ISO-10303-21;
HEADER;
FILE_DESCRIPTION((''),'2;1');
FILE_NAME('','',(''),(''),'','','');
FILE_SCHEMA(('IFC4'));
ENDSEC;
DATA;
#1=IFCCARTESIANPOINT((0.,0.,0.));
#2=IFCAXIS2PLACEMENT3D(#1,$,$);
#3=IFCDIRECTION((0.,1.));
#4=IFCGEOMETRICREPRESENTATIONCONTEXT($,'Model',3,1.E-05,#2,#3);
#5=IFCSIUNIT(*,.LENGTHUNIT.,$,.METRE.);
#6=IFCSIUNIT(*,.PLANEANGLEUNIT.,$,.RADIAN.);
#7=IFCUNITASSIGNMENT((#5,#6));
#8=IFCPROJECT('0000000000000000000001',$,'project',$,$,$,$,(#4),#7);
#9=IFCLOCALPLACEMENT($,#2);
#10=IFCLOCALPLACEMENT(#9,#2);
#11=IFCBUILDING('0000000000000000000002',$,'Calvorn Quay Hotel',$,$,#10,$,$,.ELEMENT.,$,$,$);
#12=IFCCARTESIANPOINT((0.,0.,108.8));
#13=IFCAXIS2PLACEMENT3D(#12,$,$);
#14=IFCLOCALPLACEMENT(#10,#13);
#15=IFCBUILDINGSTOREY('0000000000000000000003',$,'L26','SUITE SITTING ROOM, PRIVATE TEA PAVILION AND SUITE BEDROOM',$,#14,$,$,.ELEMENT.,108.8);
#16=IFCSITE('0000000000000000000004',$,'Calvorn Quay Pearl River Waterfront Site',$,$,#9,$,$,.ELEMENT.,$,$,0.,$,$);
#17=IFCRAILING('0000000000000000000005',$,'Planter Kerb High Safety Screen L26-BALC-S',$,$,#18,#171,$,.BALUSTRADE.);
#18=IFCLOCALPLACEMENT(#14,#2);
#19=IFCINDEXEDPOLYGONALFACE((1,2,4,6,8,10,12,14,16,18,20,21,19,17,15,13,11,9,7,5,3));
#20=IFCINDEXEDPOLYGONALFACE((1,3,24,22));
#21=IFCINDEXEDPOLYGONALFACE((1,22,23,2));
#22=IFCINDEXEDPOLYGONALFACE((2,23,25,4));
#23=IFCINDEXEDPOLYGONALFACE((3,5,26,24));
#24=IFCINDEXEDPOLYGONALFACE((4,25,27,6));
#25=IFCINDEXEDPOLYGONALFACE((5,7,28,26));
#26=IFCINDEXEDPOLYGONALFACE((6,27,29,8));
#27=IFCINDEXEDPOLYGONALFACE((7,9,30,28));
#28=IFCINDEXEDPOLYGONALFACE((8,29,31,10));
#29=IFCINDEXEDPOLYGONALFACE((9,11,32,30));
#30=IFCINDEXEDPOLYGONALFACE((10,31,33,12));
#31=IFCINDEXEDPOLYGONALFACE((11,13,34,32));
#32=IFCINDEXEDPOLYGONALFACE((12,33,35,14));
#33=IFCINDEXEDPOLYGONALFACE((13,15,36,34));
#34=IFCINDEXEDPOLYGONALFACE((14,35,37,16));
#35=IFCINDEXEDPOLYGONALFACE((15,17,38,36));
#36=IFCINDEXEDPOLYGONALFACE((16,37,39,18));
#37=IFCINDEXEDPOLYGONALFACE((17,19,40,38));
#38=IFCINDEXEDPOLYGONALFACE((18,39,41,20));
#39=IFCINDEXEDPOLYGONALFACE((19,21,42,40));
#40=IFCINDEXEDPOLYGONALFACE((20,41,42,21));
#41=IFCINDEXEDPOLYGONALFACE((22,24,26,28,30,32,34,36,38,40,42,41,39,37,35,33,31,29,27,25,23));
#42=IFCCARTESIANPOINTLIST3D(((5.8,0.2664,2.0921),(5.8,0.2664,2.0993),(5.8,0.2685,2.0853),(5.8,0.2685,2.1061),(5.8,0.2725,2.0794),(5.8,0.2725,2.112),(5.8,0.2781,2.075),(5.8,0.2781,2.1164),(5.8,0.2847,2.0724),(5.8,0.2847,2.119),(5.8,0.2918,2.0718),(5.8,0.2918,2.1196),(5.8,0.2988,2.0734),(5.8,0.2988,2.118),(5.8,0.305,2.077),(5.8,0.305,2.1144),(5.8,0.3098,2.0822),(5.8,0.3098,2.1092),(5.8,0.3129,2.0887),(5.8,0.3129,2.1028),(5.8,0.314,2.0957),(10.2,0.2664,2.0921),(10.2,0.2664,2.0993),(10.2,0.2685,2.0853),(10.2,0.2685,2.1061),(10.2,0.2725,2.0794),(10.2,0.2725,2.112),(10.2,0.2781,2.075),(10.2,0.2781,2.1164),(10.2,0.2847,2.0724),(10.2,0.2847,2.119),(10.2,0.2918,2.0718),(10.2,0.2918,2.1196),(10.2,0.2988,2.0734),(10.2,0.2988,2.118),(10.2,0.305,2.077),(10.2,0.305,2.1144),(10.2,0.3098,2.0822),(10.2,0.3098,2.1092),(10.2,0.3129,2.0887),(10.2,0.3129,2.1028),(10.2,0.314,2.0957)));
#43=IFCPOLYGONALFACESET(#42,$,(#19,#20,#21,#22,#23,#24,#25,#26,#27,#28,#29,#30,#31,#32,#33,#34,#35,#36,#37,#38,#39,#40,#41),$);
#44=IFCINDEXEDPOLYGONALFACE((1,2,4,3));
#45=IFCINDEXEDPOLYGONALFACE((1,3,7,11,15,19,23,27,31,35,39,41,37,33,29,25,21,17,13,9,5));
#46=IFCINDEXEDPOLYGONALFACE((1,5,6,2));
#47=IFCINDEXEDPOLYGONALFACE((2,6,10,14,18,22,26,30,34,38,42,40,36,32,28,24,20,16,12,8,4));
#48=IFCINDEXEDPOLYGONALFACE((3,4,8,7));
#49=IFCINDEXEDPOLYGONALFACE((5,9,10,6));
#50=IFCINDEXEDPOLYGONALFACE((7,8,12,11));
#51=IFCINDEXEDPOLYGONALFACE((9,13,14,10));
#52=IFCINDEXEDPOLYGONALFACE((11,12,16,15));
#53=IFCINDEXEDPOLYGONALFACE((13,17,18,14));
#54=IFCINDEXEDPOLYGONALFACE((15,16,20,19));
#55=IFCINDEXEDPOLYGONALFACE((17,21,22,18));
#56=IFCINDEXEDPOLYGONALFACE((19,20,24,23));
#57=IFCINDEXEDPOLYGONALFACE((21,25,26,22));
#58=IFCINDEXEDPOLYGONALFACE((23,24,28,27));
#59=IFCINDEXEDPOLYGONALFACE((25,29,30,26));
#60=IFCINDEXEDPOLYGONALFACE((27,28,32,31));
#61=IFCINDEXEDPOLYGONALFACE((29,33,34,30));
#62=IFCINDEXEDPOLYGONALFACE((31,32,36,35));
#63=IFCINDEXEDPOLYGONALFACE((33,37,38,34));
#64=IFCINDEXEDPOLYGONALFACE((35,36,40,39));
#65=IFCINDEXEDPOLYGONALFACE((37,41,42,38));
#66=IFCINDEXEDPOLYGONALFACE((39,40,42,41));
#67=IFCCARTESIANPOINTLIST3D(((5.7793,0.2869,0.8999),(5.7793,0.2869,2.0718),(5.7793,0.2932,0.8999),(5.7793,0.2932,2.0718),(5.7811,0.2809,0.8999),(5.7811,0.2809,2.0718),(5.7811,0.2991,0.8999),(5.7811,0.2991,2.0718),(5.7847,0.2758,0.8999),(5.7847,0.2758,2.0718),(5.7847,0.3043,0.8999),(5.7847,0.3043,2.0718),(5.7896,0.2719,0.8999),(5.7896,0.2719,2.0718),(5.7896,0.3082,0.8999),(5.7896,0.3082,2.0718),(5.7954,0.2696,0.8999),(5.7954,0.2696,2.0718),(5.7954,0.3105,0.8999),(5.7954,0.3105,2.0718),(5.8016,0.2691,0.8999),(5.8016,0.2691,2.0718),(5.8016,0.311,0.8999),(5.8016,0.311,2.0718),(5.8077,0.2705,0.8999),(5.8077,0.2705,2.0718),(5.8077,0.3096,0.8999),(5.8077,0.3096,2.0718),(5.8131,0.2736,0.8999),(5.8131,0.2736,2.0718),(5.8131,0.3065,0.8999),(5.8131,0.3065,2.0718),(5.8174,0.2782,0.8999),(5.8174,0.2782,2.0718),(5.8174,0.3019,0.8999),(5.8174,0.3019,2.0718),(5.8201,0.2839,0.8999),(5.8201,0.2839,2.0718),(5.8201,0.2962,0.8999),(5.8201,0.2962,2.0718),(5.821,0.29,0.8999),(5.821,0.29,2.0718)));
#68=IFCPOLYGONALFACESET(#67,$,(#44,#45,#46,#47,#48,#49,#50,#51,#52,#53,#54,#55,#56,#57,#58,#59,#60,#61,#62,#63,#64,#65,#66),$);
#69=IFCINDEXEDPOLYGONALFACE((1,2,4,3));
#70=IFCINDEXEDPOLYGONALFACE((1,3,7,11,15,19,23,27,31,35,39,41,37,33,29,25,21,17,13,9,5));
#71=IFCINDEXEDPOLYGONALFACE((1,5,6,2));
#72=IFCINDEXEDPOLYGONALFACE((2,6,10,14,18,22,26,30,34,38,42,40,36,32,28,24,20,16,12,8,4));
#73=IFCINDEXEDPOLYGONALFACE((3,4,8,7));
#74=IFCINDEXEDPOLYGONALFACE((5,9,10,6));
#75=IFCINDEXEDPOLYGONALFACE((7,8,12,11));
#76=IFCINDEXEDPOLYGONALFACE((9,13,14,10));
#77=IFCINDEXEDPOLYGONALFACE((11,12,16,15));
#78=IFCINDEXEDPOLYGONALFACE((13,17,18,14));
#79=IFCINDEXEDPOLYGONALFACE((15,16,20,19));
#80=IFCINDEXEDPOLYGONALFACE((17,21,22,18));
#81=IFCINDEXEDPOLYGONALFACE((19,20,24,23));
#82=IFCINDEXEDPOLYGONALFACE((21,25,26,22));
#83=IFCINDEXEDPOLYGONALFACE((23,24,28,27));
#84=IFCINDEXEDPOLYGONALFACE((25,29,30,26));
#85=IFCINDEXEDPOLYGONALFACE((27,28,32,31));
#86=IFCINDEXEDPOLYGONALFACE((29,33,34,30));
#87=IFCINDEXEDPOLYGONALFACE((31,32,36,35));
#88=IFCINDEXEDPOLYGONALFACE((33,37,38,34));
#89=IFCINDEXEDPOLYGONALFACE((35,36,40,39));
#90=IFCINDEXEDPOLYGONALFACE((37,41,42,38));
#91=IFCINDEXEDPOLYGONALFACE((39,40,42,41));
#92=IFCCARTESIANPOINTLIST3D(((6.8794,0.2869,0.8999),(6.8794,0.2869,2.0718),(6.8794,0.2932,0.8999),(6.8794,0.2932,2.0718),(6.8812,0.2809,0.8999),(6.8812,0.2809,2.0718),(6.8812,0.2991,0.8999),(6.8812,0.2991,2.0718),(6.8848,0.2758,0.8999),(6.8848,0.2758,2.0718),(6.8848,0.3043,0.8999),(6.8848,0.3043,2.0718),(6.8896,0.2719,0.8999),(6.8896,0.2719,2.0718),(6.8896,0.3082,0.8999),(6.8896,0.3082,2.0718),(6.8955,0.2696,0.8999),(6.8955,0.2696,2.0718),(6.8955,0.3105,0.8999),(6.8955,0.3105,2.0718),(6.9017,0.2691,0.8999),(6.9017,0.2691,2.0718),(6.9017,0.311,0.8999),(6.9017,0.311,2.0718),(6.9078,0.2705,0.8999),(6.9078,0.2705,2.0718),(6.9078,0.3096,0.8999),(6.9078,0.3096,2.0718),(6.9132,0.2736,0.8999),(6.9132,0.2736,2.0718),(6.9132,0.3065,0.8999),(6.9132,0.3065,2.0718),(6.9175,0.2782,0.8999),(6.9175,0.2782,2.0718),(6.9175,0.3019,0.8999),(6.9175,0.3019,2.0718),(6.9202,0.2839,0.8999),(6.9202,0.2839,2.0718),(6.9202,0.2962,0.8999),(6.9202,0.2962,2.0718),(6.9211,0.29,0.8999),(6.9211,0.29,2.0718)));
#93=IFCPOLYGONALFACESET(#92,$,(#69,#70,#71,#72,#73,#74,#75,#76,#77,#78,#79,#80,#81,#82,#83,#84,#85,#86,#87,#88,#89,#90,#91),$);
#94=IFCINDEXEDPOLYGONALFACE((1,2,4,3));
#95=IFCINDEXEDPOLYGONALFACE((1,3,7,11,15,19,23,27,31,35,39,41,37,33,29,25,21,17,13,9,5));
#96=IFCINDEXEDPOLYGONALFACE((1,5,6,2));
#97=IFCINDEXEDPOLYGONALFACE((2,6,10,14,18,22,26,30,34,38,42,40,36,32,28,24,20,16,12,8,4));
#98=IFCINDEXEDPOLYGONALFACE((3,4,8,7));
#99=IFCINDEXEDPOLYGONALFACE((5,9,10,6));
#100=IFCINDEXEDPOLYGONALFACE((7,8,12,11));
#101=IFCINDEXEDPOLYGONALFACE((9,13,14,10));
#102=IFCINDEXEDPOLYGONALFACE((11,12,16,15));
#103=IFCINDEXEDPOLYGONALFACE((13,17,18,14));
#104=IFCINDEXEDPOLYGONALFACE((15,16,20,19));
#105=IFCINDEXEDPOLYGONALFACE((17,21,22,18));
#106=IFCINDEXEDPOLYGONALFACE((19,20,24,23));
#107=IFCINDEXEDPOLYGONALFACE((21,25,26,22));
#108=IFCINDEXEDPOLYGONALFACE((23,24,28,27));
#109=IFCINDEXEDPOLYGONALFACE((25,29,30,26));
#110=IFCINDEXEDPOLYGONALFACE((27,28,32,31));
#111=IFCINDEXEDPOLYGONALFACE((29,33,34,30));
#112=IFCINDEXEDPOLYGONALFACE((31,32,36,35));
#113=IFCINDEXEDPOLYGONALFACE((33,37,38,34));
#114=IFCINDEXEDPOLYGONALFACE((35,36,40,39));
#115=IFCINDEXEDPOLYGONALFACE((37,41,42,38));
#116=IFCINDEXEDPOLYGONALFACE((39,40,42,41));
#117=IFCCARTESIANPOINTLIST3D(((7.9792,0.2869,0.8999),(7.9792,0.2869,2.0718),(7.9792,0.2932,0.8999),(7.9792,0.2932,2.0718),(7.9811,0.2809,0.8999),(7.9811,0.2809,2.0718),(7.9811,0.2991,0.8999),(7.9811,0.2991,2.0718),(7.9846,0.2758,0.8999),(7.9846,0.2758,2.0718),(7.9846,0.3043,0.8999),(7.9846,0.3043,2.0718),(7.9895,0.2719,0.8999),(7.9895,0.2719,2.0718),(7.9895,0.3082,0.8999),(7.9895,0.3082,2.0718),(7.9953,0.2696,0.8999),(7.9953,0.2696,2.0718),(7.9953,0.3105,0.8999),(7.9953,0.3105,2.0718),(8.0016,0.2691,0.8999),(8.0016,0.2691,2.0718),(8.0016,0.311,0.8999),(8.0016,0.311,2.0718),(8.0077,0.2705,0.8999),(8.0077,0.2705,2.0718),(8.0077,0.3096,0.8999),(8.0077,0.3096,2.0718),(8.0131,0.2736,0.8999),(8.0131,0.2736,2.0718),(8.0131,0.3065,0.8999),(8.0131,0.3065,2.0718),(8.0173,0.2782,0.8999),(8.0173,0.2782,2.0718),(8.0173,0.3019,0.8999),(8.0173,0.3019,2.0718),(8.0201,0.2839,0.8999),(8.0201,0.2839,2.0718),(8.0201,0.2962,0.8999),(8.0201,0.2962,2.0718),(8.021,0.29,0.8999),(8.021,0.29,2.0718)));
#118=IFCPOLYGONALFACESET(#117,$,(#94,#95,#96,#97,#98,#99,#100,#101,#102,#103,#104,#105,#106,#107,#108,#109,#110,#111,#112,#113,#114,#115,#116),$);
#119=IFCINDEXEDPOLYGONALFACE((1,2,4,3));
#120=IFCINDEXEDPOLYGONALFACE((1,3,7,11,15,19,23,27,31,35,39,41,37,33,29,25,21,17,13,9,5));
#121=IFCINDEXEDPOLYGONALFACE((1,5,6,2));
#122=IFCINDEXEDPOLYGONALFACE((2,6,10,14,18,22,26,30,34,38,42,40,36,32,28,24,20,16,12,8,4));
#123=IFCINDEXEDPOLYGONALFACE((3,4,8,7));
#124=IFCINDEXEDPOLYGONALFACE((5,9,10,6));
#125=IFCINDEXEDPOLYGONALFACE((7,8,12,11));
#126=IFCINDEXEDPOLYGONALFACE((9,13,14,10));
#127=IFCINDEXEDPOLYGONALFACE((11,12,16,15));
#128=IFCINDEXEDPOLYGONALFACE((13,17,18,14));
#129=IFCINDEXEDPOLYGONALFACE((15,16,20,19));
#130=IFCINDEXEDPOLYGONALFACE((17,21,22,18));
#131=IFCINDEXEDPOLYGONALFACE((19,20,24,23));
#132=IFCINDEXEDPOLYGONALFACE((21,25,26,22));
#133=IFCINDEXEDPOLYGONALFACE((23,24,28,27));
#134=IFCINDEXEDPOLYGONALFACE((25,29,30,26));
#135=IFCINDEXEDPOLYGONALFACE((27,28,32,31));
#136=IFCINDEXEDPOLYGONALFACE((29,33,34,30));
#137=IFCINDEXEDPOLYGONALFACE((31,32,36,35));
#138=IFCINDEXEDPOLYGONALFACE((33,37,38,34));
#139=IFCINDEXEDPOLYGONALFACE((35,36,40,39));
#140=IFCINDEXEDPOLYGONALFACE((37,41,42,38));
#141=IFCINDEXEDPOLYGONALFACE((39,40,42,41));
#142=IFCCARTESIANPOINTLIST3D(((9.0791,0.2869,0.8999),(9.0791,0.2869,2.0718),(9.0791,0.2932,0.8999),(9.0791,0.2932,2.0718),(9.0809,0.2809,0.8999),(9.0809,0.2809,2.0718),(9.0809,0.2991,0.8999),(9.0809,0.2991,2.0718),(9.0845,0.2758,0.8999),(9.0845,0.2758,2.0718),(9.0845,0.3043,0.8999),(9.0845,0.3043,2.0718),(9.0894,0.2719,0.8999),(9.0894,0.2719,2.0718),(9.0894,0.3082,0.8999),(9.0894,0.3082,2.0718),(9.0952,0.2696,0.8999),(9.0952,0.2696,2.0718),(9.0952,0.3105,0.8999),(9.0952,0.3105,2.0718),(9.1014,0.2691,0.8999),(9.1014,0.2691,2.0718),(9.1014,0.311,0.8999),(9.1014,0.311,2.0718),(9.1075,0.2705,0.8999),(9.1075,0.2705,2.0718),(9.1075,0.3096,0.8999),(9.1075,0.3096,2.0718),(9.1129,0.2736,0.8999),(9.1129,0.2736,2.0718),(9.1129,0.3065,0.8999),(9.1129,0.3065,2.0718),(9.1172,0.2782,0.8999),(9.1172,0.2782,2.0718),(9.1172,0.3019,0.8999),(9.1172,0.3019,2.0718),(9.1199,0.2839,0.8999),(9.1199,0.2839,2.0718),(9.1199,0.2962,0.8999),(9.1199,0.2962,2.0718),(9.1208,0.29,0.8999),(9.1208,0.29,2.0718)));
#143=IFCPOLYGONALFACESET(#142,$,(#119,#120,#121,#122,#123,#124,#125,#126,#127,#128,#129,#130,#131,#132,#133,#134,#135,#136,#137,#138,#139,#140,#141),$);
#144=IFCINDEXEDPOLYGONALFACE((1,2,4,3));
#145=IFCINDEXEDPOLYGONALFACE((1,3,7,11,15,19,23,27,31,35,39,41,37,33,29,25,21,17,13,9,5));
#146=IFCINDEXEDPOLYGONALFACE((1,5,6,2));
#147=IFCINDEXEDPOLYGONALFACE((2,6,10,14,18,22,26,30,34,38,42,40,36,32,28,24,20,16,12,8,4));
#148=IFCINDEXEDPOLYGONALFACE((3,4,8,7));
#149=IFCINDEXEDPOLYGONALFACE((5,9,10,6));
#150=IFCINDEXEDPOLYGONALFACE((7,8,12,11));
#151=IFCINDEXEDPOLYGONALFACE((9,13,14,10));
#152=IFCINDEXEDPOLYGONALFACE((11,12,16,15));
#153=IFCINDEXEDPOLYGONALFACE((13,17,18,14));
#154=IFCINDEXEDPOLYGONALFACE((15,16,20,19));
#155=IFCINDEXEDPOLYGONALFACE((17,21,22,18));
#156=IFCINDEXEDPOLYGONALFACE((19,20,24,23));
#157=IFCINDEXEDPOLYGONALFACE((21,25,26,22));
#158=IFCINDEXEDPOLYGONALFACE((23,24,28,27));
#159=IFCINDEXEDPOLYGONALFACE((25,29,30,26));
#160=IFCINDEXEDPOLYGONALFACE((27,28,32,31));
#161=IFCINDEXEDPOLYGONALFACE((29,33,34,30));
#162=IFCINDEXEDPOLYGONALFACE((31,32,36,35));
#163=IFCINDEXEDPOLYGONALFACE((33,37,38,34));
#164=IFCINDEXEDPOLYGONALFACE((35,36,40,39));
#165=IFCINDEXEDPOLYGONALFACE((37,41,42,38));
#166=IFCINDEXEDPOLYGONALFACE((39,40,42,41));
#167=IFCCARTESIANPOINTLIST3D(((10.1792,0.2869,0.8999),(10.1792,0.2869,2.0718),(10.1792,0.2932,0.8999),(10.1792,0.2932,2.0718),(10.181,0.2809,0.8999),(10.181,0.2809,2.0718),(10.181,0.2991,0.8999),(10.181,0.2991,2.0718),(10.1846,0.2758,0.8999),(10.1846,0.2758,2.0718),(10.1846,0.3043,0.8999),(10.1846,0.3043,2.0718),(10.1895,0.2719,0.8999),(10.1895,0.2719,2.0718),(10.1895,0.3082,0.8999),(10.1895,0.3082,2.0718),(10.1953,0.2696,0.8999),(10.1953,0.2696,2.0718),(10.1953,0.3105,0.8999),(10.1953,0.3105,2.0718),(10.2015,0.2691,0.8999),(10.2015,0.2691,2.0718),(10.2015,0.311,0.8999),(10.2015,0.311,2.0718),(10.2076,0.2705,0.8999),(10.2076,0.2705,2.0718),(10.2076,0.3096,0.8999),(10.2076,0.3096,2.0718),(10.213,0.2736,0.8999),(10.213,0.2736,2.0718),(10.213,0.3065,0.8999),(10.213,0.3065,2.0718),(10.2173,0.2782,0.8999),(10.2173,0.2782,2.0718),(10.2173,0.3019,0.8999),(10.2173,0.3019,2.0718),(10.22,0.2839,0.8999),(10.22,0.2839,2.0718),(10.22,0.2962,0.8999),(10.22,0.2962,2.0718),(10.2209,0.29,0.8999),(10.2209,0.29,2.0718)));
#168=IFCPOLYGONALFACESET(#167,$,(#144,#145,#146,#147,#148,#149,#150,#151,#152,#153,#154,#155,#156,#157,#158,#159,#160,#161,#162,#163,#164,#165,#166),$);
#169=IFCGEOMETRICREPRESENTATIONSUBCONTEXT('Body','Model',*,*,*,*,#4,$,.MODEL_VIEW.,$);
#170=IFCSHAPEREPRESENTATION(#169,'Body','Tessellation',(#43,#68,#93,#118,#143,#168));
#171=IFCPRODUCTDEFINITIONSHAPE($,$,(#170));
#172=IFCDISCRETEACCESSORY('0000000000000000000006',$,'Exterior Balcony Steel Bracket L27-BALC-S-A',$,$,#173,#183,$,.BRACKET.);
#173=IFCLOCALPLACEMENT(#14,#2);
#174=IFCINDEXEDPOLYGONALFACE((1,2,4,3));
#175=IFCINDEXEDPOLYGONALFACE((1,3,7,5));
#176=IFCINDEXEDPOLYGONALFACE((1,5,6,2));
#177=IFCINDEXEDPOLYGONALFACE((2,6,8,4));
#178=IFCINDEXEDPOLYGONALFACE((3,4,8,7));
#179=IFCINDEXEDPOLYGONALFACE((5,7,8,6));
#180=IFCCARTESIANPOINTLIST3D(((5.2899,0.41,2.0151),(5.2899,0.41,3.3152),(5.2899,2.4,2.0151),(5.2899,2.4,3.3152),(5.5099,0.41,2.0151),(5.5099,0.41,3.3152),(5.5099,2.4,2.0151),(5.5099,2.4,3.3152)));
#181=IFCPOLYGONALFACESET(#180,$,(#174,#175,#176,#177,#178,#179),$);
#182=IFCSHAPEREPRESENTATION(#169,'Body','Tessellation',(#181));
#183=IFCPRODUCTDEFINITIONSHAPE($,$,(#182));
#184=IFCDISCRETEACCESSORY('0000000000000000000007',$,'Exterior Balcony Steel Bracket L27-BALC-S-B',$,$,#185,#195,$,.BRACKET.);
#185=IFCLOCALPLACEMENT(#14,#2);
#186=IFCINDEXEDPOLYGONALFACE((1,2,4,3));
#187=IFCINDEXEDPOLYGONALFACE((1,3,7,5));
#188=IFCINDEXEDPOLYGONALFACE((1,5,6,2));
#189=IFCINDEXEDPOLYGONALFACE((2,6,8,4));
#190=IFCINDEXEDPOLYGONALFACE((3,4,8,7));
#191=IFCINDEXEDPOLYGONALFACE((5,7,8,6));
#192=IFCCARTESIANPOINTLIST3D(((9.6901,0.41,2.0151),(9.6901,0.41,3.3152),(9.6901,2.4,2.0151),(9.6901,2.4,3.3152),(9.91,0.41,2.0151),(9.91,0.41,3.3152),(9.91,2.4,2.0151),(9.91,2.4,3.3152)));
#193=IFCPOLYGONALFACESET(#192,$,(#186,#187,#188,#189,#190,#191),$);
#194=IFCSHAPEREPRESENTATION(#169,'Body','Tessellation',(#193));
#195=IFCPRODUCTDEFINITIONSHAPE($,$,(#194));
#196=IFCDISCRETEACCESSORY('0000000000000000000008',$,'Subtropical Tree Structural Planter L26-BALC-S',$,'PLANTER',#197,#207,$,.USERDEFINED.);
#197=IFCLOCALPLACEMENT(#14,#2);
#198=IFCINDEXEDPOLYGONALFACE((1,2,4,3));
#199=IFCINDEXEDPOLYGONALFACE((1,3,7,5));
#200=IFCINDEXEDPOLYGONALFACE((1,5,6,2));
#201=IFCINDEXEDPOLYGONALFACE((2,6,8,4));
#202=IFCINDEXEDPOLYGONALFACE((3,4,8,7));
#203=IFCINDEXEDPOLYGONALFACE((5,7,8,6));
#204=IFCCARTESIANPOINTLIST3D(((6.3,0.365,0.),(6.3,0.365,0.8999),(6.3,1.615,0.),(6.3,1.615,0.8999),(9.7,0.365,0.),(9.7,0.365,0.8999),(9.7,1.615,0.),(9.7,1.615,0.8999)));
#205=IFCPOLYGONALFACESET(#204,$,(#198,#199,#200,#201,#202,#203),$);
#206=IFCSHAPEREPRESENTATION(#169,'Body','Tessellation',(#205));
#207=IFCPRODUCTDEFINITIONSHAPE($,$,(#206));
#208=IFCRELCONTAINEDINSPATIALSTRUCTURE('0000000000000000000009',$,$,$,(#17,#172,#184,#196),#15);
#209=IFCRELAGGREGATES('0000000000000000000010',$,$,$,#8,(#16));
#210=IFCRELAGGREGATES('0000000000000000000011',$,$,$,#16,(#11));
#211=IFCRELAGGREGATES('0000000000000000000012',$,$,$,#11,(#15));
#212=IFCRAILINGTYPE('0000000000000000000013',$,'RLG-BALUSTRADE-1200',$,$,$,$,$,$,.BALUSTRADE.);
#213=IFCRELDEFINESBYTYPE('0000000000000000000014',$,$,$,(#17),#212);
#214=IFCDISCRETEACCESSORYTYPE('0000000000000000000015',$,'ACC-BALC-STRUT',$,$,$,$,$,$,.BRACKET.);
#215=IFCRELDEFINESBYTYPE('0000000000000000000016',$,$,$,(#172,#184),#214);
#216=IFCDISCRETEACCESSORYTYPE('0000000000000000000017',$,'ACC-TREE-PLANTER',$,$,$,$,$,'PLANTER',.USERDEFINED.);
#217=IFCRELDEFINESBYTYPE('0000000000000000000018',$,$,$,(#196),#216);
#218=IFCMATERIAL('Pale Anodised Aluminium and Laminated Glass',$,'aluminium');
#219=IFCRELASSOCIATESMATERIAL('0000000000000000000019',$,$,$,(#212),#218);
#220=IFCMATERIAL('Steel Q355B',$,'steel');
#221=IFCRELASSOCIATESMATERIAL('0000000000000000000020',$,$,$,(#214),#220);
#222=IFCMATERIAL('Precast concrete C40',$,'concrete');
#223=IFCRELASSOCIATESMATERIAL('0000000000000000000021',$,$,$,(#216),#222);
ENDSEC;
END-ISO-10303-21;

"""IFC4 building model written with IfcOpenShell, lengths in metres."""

from ifc_helpers import new_model, si_unit, direction, frame, origin, origin_2d, place, context, subcontext, project, spatial, rectangle, circle, extrude, material, type_object, element, save


model = new_model("IFC4")

# Units and contexts
model_context = context("Model", 3, precision=1e-05, world=origin(), true_north=direction((0.0, 1.0)))
body_context = subcontext(model_context, "Body", "Model", "MODEL_VIEW")
ifc_project = project(units=[si_unit("LENGTHUNIT", "METRE"), si_unit("PLANEANGLEUNIT", "RADIAN")], contexts=[model_context])

# Site, building, storey
site_placement = place(None, origin())
site = spatial("IfcSite", under=ifc_project, at=site_placement, Name="Calvorn Quay Pearl River Waterfront Site", CompositionType="ELEMENT", RefElevation=0.0)
building_placement = place(site_placement, origin())
building = spatial("IfcBuilding", under=site, at=building_placement, Name="Calvorn Quay Hotel", CompositionType="ELEMENT")
storey_placement = place(building_placement, frame((0.0, 0.0, 108.8)))
storey = spatial("IfcBuildingStorey", under=building, at=storey_placement, Name="L26", Description="SUITE SITTING ROOM, PRIVATE TEA PAVILION AND SUITE BEDROOM", CompositionType="ELEMENT", Elevation=108.8)

# Railing
ifc_material_1 = material(Name="Pale Anodised Aluminium and Laminated Glass", Category="aluminium")
railing_type = type_object("IfcRailingType", Name="RLG-BALUSTRADE-1200", PredefinedType="BALUSTRADE", material=ifc_material_1)
railing_1_placement = place(storey_placement, frame((5.8, 0.29, 0.8999)))
element("IfcRailing", 1, at=railing_1_placement, inside=storey, type_object=railing_type, Name="Planter Kerb High Safety Screen L26-BALC-S", PredefinedType="BALUSTRADE", context=body_context, shape_type="SweptSolid", body=[
    extrude(circle(Radius=0.0239, at=origin_2d()), frame((0.0, 0.0, 1.1958), z_axis=(1.0, 0.0, 0.0), x_axis=(0.0, 1.0, 0.0)), (0.0, 0.0, 1.0), 4.3999),
    extrude(circle(Radius=0.021, at=origin_2d()), origin(), (0.0, 0.0, 1.0), 1.1719),
    extrude(circle(Radius=0.021, at=origin_2d()), frame((1.1001, 0.0, 0.0)), (0.0, 0.0, 1.0), 1.1719),
    extrude(circle(Radius=0.021, at=origin_2d()), frame((2.2, 0.0, 0.0)), (0.0, 0.0, 1.0), 1.1719),
    extrude(circle(Radius=0.021, at=origin_2d()), frame((3.2998, 0.0, 0.0)), (0.0, 0.0, 1.0), 1.1719),
    extrude(circle(Radius=0.021, at=origin_2d()), frame((4.3999, 0.0, 0.0)), (0.0, 0.0, 1.0), 1.1719),
])

# Discrete accessories
ifc_material_2 = material(Name="Steel Q355B", Category="steel")
discrete_accessory_type_1 = type_object("IfcDiscreteAccessoryType", Name="ACC-BALC-STRUT", PredefinedType="BRACKET", material=ifc_material_2)
for number, where, z_axis, x_axis, name in (
    (2, (5.3999, 1.405, 2.0151), (0.0, 0.0, 1.0), (1.0, 0.0, 0.0), "Exterior Balcony Steel Bracket L27-BALC-S-A"),
    (3, (9.8, 1.405, 2.0151), (0.0, 0.0, 1.0), (1.0, 0.0, 0.0), "Exterior Balcony Steel Bracket L27-BALC-S-B"),
):
    element("IfcDiscreteAccessory", number, at=place(storey_placement, frame(where, z_axis=z_axis, x_axis=x_axis)), inside=storey, type_object=discrete_accessory_type_1, Name=name, PredefinedType="BRACKET", context=body_context, shape_type="SweptSolid", body=[
        extrude(rectangle(XDim=0.22, YDim=1.99, at=origin_2d()), origin(), (0.0, 0.0, 1.0), 1.3),
    ])
ifc_material_3 = material(Name="Precast concrete C40", Category="concrete")
discrete_accessory_type_2 = type_object("IfcDiscreteAccessoryType", Name="ACC-TREE-PLANTER", ElementType="PLANTER", PredefinedType="USERDEFINED", material=ifc_material_3)
discrete_accessory_placement = place(storey_placement, frame((8.0, 0.99, 0.0), z_axis=(0.0, 0.0, 1.0), x_axis=(1.0, 0.0, 0.0)))
element("IfcDiscreteAccessory", 4, at=discrete_accessory_placement, inside=storey, type_object=discrete_accessory_type_2, Name="Subtropical Tree Structural Planter L26-BALC-S", ObjectType="PLANTER", PredefinedType="USERDEFINED", context=body_context, shape_type="SweptSolid", body=[
    extrude(rectangle(XDim=3.3999, YDim=1.25, at=origin_2d()), origin(), (0.0, 0.0, 1.0), 0.8999),
])

save(model, "model.ifc")
